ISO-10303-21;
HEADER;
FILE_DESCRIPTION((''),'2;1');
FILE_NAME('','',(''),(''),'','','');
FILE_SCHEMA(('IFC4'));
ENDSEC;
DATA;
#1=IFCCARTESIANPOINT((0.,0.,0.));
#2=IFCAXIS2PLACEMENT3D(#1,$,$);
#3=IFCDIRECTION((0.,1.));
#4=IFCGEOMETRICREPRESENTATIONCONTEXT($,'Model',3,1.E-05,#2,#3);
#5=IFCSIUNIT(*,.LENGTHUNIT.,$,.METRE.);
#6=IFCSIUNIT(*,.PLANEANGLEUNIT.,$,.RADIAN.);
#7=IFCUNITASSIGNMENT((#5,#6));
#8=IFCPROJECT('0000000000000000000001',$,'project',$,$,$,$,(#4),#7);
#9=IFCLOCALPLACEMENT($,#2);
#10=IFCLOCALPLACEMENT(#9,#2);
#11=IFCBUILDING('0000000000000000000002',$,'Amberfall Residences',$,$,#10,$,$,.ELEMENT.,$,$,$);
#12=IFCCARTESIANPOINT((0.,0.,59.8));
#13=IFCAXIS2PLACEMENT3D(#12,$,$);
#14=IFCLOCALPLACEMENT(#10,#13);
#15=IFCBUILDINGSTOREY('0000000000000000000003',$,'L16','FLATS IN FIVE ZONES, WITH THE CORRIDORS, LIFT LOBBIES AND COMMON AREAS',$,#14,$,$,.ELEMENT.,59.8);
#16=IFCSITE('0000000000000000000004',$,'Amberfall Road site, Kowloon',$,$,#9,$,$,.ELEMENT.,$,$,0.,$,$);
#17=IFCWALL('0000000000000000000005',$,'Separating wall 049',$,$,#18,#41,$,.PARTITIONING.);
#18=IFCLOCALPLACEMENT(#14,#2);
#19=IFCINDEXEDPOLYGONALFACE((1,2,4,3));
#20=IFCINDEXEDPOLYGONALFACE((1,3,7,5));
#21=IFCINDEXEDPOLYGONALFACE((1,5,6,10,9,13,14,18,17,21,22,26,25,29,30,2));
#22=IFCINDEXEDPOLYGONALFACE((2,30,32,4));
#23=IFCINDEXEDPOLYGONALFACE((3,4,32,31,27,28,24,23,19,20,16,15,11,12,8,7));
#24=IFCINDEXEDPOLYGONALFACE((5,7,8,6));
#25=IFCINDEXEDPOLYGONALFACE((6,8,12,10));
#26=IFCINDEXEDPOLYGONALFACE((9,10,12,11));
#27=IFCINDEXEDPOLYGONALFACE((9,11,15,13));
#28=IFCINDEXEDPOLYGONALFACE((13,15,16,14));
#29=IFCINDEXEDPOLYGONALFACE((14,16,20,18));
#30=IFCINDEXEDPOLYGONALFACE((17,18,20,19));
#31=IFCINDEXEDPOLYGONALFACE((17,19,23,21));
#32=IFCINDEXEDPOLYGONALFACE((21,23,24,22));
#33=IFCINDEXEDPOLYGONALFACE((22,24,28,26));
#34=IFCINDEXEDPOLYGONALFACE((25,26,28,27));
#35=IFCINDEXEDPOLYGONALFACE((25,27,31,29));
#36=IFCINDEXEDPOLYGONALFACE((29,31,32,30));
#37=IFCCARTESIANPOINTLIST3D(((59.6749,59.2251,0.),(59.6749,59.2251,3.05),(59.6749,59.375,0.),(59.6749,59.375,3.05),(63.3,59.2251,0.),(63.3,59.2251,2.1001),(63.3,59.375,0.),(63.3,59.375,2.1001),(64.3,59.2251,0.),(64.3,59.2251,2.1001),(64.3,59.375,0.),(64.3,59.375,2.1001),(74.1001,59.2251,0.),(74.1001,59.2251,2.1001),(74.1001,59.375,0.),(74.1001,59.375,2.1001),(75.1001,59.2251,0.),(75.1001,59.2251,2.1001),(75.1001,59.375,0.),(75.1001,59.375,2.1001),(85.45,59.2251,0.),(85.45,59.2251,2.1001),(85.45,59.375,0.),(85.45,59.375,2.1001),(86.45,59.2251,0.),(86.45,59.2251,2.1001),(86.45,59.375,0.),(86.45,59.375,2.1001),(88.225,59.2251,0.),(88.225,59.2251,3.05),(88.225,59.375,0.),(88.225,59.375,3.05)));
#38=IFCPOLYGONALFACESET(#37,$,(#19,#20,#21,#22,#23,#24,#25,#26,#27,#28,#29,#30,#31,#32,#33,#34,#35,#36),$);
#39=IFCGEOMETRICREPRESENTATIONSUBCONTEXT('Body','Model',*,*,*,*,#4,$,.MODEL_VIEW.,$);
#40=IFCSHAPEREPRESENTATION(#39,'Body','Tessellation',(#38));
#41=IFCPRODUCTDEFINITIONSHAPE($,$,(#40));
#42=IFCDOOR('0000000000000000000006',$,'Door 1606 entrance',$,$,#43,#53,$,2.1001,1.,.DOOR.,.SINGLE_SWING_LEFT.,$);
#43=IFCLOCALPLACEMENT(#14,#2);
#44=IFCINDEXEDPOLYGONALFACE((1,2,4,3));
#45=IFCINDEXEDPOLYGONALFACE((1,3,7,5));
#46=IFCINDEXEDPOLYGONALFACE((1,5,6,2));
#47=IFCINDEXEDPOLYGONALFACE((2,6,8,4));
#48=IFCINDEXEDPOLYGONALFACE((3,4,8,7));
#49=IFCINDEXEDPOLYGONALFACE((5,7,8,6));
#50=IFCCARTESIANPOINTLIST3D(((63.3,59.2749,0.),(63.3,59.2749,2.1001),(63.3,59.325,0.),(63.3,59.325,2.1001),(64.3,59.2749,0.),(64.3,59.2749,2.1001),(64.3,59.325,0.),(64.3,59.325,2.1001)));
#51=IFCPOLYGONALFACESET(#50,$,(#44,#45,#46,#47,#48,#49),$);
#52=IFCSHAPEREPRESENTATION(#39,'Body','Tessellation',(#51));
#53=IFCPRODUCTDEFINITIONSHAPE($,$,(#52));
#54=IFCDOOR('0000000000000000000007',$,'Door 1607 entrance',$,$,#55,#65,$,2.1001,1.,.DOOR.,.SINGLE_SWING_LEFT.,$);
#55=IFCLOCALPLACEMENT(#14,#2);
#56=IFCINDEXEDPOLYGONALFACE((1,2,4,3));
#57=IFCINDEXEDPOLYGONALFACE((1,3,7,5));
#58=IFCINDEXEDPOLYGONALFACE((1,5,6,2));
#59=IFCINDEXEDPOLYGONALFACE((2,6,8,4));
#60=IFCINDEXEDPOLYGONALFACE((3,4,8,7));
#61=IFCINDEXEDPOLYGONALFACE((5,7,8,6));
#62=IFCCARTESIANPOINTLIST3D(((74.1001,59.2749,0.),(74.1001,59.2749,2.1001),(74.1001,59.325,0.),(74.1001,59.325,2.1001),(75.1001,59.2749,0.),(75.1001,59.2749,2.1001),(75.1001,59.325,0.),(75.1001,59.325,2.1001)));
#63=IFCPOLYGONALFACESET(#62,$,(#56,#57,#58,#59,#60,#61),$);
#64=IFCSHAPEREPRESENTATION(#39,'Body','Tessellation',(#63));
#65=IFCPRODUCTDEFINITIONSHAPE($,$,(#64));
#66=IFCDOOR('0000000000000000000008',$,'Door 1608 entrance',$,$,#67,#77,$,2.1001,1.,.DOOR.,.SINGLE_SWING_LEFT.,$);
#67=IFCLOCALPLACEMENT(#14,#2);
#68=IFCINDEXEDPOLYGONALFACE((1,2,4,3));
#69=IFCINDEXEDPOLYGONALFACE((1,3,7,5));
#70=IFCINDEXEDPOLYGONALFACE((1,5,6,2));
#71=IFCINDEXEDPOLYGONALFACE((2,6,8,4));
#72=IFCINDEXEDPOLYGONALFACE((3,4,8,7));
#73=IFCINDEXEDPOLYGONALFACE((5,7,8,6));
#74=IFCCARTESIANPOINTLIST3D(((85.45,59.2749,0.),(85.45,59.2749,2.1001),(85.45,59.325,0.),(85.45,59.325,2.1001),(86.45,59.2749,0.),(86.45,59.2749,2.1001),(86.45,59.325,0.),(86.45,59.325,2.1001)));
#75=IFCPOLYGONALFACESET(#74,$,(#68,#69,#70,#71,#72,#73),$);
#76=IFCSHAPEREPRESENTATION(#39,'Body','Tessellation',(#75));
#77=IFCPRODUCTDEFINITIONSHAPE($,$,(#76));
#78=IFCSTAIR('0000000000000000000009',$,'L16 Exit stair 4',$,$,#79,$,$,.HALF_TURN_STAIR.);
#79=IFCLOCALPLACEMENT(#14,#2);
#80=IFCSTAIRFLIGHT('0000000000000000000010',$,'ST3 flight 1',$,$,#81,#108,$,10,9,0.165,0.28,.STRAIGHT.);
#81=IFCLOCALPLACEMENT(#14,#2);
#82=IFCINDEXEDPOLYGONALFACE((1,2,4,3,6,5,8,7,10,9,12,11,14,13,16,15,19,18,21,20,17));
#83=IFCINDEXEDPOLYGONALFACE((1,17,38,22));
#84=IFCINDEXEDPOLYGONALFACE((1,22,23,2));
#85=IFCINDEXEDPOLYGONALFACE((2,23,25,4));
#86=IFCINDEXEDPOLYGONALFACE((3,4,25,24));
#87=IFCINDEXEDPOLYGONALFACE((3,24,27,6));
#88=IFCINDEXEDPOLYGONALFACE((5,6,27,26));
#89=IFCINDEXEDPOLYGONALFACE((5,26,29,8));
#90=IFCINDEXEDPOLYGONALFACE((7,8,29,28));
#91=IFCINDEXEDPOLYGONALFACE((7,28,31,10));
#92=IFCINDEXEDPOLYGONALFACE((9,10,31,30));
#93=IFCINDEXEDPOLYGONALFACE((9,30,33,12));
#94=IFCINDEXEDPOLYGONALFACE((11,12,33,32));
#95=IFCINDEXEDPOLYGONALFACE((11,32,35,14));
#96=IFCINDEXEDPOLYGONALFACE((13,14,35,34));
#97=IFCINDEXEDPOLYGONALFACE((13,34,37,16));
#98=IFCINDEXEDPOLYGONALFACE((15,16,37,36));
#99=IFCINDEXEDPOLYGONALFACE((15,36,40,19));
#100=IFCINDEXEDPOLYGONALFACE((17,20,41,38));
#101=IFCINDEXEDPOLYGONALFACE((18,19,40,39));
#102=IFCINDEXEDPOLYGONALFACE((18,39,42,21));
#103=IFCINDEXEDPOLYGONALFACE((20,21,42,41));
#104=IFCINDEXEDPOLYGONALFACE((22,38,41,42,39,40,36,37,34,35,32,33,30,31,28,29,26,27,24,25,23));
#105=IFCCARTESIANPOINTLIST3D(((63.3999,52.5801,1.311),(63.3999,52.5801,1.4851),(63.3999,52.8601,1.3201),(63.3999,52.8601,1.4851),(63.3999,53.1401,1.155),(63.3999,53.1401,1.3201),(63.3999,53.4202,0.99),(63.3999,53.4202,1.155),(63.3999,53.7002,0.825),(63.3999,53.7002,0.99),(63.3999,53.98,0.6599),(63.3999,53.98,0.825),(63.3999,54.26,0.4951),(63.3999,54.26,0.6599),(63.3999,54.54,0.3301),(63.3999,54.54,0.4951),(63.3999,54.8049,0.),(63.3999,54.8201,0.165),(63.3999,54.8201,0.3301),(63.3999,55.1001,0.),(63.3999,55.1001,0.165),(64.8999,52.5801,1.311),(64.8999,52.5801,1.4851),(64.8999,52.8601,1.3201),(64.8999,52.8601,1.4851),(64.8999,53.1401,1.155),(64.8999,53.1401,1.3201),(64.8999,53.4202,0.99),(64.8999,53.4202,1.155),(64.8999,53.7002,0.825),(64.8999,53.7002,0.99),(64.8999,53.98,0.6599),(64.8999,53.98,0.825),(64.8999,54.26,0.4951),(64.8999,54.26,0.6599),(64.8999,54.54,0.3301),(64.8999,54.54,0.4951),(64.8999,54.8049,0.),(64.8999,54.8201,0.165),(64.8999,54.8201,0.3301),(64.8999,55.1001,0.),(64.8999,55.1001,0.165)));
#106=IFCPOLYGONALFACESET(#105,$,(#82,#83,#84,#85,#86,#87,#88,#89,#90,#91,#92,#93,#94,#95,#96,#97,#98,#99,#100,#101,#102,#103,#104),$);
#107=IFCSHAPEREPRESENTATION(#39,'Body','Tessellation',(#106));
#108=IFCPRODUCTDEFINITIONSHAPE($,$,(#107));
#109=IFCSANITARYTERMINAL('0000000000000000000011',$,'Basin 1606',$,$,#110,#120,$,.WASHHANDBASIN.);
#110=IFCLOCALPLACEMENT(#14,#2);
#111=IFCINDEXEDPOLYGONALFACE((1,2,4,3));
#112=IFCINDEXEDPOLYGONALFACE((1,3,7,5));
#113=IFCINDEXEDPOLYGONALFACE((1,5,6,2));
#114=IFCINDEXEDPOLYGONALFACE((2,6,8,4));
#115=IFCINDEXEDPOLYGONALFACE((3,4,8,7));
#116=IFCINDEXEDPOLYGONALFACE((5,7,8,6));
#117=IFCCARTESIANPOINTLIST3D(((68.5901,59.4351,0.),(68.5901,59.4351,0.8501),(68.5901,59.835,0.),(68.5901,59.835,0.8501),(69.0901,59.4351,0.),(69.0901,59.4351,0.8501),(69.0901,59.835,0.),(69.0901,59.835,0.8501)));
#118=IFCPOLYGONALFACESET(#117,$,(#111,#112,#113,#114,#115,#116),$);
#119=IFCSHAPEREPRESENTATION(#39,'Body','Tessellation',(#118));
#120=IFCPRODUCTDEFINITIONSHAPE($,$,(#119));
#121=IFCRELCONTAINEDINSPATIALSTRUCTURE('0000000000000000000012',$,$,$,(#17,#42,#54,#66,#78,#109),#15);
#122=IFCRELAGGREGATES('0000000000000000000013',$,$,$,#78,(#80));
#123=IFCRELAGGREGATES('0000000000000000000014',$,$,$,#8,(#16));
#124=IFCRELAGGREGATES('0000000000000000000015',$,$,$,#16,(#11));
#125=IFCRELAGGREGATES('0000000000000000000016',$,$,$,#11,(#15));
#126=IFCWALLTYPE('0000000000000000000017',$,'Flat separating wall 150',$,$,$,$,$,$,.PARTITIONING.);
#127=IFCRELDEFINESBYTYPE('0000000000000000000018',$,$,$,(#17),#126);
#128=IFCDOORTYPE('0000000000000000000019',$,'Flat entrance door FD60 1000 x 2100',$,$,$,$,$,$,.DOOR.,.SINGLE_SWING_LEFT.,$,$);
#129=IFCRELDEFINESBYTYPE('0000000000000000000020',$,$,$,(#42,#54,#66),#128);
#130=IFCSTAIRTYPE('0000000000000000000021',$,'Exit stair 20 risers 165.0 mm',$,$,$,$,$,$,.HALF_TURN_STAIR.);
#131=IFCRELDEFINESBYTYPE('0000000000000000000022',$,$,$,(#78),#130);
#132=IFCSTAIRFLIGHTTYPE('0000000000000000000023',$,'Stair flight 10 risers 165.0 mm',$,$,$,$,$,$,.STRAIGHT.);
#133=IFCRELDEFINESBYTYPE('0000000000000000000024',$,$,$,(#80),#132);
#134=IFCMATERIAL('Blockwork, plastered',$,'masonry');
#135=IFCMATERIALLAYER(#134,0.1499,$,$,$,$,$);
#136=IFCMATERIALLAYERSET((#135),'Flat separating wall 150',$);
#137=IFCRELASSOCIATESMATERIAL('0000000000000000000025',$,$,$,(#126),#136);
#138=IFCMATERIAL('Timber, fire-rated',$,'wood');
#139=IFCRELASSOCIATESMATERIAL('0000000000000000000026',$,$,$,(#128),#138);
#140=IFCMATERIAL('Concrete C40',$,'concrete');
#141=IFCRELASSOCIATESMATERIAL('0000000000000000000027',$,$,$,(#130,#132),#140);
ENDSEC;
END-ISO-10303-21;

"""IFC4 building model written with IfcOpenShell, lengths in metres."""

from ifc_helpers import new_model, si_unit, direction, frame, frame_2d, origin, origin_2d, place, context, subcontext, project, spatial, polyline, rectangle, outline, extrude, material, layer, layer_set, type_object, element, fill, aggregate, save


model = new_model("IFC4")

# Units and contexts
model_context = context("Model", 3, precision=1e-05, world=origin(), true_north=direction((0.0, 1.0)))
body_context = subcontext(model_context, "Body", "Model", "MODEL_VIEW")
ifc_project = project(units=[si_unit("LENGTHUNIT", "METRE"), si_unit("PLANEANGLEUNIT", "RADIAN")], contexts=[model_context])

# Site, building, storey
site_placement = place(None, origin())
site = spatial("IfcSite", under=ifc_project, at=site_placement, Name="Amberfall Road site, Kowloon", CompositionType="ELEMENT", RefElevation=0.0)
building_placement = place(site_placement, origin())
building = spatial("IfcBuilding", under=site, at=building_placement, Name="Amberfall Residences", CompositionType="ELEMENT")
storey_placement = place(building_placement, frame((0.0, 0.0, 59.8)))
storey = spatial("IfcBuildingStorey", under=building, at=storey_placement, Name="L16", Description="FLATS IN FIVE ZONES, WITH THE CORRIDORS, LIFT LOBBIES AND COMMON AREAS", CompositionType="ELEMENT", Elevation=59.8)

# Shared definitions
ifc_material_1 = material(Name="Blockwork, plastered", Category="masonry")
ifc_layer_1 = layer(ifc_material_1, 0.1499)
ifc_layer_set_1 = layer_set([ifc_layer_1], Name="Flat separating wall 150")
wall_type_1 = type_object("IfcWallType", Name="Flat separating wall 150", PredefinedType="PARTITIONING", material=ifc_layer_set_1)

# Wall, openings, doors
wall_1_placement = place(storey_placement, frame((59.675, 59.3, 0.0), z_axis=(0.0, 0.0, 1.0), x_axis=(1.0, 0.0, 0.0)))
wall_1 = element("IfcWall", 1, at=wall_1_placement, inside=storey, type_object=wall_type_1, Name="Separating wall 049", PredefinedType="PARTITIONING", context=body_context, shape_type="SweptSolid", body=[
    extrude(rectangle(XDim=28.55, YDim=0.1499, at=frame_2d((14.2749, 0.0))), origin(), (0.0, 0.0, 1.0), 3.05),
])
opening_1_placement = place(wall_1_placement, frame((3.625, 0.0, 0.0)))
opening_1 = element("IfcOpeningElement", 2, at=opening_1_placement, cuts=wall_1, PredefinedType="OPENING", context=body_context, shape_type="SweptSolid", body=[
    extrude(rectangle(XDim=1.0, YDim=2.1001, at=frame_2d((0.5, 1.05))), frame((0.0, 0.085, 0.0), z_axis=(0.0, -1.0, 0.0), x_axis=(1.0, 0.0, 0.0)), (0.0, 0.0, 1.0), 0.1699),
])
opening_2_placement = place(wall_1_placement, frame((14.425, 0.0, 0.0)))
opening_2 = element("IfcOpeningElement", 3, at=opening_2_placement, cuts=wall_1, PredefinedType="OPENING", context=body_context, shape_type="SweptSolid", body=[
    extrude(rectangle(XDim=1.0, YDim=2.1001, at=frame_2d((0.5, 1.05))), frame((0.0, 0.085, 0.0), z_axis=(0.0, -1.0, 0.0), x_axis=(1.0, 0.0, 0.0)), (0.0, 0.0, 1.0), 0.1699),
])
opening_3_placement = place(wall_1_placement, frame((25.7749, 0.0, 0.0)))
opening_3 = element("IfcOpeningElement", 4, at=opening_3_placement, cuts=wall_1, PredefinedType="OPENING", context=body_context, shape_type="SweptSolid", body=[
    extrude(rectangle(XDim=1.0, YDim=2.1001, at=frame_2d((0.5, 1.05))), frame((0.0, 0.085, 0.0), z_axis=(0.0, -1.0, 0.0), x_axis=(1.0, 0.0, 0.0)), (0.0, 0.0, 1.0), 0.1699),
])
ifc_material_2 = material(Name="Timber, fire-rated", Category="wood")
door_type_1 = type_object("IfcDoorType", Name="Flat entrance door FD60 1000 x 2100", OperationType="SINGLE_SWING_LEFT", PredefinedType="DOOR", material=ifc_material_2)
door_1_placement = place(opening_1_placement, origin())
door_1 = element("IfcDoor", 5, at=door_1_placement, inside=storey, type_object=door_type_1, Name="Door 1606 entrance", OperationType="SINGLE_SWING_LEFT", OverallHeight=2.1001, OverallWidth=1.0, PredefinedType="DOOR", context=body_context, shape_type="SweptSolid", body=[
    extrude(rectangle(XDim=1.0, YDim=2.1001, at=frame_2d((0.5, 1.05))), frame((0.0, 0.0249, 0.0), z_axis=(0.0, -1.0, 0.0), x_axis=(1.0, 0.0, 0.0)), (0.0, 0.0, 1.0), 0.05),
])
fill(opening_1, door_1)
door_2_placement = place(opening_2_placement, origin())
door_2 = element("IfcDoor", 6, at=door_2_placement, inside=storey, type_object=door_type_1, Name="Door 1607 entrance", OperationType="SINGLE_SWING_LEFT", OverallHeight=2.1001, OverallWidth=1.0, PredefinedType="DOOR", context=body_context, shape_type="SweptSolid", body=[
    extrude(rectangle(XDim=1.0, YDim=2.1001, at=frame_2d((0.5, 1.05))), frame((0.0, 0.0249, 0.0), z_axis=(0.0, -1.0, 0.0), x_axis=(1.0, 0.0, 0.0)), (0.0, 0.0, 1.0), 0.05),
])
fill(opening_2, door_2)
door_3_placement = place(opening_3_placement, origin())
door_3 = element("IfcDoor", 7, at=door_3_placement, inside=storey, type_object=door_type_1, Name="Door 1608 entrance", OperationType="SINGLE_SWING_LEFT", OverallHeight=2.1001, OverallWidth=1.0, PredefinedType="DOOR", context=body_context, shape_type="SweptSolid", body=[
    extrude(rectangle(XDim=1.0, YDim=2.1001, at=frame_2d((0.5, 1.05))), frame((0.0, 0.0249, 0.0), z_axis=(0.0, -1.0, 0.0), x_axis=(1.0, 0.0, 0.0)), (0.0, 0.0, 1.0), 0.05),
])
fill(opening_3, door_3)

# Stair, stair flight
ifc_material_3 = material(Name="Concrete C40", Category="concrete")
stair_type = type_object("IfcStairType", Name="Exit stair 20 risers 165.0 mm", PredefinedType="HALF_TURN_STAIR", material=ifc_material_3)
stair_placement = place(storey_placement, origin())
stair = element("IfcStair", 8, at=stair_placement, inside=storey, type_object=stair_type, Name="L16 Exit stair 4", PredefinedType="HALF_TURN_STAIR")
stair_flight_type = type_object("IfcStairFlightType", Name="Stair flight 10 risers 165.0 mm", PredefinedType="STRAIGHT", material=ifc_material_3)
stair_flight_placement = place(storey_placement, frame((64.1499, 55.1001, 0.0), z_axis=(0.0, 0.0, 1.0), x_axis=(0.0, -1.0, 0.0)))
stair_flight = element("IfcStairFlight", 9, at=stair_flight_placement, type_object=stair_flight_type, Name="ST3 flight 1", NumberOfRisers=10, NumberOfTreads=9, PredefinedType="STRAIGHT", RiserHeight=0.165, TreadLength=0.28, context=body_context, shape_type="SweptSolid", body=[
    extrude(outline(polyline([(0.0, 0.0), (0.0, 0.165), (0.28, 0.165), (0.28, 0.3301), (0.5601, 0.3301), (0.5601, 0.4951), (0.8401, 0.4951), (0.8401, 0.6599), (1.1201, 0.6599), (1.1201, 0.825), (1.3999, 0.825), (1.3999, 0.99), (1.6799, 0.99), (1.6799, 1.155), (1.96, 1.155), (1.96, 1.3201), (2.24, 1.3201), (2.24, 1.4851), (2.52, 1.4851), (2.52, 1.6499), (2.52, 1.311), (0.2952, 0.0), (0.0, 0.0)])), frame((0.0, 0.75, 0.0), z_axis=(0.0, -1.0, 0.0), x_axis=(1.0, 0.0, 0.0)), (0.0, 0.0, 1.0), 1.5),
])
aggregate(stair, [stair_flight])

# Sanitary terminal
sanitary_terminal_placement = place(storey_placement, frame((68.8401, 59.635, 0.0), z_axis=(0.0, 0.0, 1.0), x_axis=(1.0, 0.0, 0.0)))
element("IfcSanitaryTerminal", 10, at=sanitary_terminal_placement, inside=storey, Name="Basin 1606", PredefinedType="WASHHANDBASIN", context=body_context, shape_type="SweptSolid", body=[
    extrude(rectangle(XDim=0.5, YDim=0.3999, at=origin_2d()), origin(), (0.0, 0.0, 1.0), 0.8501),
])

save(model, "model.ifc")
